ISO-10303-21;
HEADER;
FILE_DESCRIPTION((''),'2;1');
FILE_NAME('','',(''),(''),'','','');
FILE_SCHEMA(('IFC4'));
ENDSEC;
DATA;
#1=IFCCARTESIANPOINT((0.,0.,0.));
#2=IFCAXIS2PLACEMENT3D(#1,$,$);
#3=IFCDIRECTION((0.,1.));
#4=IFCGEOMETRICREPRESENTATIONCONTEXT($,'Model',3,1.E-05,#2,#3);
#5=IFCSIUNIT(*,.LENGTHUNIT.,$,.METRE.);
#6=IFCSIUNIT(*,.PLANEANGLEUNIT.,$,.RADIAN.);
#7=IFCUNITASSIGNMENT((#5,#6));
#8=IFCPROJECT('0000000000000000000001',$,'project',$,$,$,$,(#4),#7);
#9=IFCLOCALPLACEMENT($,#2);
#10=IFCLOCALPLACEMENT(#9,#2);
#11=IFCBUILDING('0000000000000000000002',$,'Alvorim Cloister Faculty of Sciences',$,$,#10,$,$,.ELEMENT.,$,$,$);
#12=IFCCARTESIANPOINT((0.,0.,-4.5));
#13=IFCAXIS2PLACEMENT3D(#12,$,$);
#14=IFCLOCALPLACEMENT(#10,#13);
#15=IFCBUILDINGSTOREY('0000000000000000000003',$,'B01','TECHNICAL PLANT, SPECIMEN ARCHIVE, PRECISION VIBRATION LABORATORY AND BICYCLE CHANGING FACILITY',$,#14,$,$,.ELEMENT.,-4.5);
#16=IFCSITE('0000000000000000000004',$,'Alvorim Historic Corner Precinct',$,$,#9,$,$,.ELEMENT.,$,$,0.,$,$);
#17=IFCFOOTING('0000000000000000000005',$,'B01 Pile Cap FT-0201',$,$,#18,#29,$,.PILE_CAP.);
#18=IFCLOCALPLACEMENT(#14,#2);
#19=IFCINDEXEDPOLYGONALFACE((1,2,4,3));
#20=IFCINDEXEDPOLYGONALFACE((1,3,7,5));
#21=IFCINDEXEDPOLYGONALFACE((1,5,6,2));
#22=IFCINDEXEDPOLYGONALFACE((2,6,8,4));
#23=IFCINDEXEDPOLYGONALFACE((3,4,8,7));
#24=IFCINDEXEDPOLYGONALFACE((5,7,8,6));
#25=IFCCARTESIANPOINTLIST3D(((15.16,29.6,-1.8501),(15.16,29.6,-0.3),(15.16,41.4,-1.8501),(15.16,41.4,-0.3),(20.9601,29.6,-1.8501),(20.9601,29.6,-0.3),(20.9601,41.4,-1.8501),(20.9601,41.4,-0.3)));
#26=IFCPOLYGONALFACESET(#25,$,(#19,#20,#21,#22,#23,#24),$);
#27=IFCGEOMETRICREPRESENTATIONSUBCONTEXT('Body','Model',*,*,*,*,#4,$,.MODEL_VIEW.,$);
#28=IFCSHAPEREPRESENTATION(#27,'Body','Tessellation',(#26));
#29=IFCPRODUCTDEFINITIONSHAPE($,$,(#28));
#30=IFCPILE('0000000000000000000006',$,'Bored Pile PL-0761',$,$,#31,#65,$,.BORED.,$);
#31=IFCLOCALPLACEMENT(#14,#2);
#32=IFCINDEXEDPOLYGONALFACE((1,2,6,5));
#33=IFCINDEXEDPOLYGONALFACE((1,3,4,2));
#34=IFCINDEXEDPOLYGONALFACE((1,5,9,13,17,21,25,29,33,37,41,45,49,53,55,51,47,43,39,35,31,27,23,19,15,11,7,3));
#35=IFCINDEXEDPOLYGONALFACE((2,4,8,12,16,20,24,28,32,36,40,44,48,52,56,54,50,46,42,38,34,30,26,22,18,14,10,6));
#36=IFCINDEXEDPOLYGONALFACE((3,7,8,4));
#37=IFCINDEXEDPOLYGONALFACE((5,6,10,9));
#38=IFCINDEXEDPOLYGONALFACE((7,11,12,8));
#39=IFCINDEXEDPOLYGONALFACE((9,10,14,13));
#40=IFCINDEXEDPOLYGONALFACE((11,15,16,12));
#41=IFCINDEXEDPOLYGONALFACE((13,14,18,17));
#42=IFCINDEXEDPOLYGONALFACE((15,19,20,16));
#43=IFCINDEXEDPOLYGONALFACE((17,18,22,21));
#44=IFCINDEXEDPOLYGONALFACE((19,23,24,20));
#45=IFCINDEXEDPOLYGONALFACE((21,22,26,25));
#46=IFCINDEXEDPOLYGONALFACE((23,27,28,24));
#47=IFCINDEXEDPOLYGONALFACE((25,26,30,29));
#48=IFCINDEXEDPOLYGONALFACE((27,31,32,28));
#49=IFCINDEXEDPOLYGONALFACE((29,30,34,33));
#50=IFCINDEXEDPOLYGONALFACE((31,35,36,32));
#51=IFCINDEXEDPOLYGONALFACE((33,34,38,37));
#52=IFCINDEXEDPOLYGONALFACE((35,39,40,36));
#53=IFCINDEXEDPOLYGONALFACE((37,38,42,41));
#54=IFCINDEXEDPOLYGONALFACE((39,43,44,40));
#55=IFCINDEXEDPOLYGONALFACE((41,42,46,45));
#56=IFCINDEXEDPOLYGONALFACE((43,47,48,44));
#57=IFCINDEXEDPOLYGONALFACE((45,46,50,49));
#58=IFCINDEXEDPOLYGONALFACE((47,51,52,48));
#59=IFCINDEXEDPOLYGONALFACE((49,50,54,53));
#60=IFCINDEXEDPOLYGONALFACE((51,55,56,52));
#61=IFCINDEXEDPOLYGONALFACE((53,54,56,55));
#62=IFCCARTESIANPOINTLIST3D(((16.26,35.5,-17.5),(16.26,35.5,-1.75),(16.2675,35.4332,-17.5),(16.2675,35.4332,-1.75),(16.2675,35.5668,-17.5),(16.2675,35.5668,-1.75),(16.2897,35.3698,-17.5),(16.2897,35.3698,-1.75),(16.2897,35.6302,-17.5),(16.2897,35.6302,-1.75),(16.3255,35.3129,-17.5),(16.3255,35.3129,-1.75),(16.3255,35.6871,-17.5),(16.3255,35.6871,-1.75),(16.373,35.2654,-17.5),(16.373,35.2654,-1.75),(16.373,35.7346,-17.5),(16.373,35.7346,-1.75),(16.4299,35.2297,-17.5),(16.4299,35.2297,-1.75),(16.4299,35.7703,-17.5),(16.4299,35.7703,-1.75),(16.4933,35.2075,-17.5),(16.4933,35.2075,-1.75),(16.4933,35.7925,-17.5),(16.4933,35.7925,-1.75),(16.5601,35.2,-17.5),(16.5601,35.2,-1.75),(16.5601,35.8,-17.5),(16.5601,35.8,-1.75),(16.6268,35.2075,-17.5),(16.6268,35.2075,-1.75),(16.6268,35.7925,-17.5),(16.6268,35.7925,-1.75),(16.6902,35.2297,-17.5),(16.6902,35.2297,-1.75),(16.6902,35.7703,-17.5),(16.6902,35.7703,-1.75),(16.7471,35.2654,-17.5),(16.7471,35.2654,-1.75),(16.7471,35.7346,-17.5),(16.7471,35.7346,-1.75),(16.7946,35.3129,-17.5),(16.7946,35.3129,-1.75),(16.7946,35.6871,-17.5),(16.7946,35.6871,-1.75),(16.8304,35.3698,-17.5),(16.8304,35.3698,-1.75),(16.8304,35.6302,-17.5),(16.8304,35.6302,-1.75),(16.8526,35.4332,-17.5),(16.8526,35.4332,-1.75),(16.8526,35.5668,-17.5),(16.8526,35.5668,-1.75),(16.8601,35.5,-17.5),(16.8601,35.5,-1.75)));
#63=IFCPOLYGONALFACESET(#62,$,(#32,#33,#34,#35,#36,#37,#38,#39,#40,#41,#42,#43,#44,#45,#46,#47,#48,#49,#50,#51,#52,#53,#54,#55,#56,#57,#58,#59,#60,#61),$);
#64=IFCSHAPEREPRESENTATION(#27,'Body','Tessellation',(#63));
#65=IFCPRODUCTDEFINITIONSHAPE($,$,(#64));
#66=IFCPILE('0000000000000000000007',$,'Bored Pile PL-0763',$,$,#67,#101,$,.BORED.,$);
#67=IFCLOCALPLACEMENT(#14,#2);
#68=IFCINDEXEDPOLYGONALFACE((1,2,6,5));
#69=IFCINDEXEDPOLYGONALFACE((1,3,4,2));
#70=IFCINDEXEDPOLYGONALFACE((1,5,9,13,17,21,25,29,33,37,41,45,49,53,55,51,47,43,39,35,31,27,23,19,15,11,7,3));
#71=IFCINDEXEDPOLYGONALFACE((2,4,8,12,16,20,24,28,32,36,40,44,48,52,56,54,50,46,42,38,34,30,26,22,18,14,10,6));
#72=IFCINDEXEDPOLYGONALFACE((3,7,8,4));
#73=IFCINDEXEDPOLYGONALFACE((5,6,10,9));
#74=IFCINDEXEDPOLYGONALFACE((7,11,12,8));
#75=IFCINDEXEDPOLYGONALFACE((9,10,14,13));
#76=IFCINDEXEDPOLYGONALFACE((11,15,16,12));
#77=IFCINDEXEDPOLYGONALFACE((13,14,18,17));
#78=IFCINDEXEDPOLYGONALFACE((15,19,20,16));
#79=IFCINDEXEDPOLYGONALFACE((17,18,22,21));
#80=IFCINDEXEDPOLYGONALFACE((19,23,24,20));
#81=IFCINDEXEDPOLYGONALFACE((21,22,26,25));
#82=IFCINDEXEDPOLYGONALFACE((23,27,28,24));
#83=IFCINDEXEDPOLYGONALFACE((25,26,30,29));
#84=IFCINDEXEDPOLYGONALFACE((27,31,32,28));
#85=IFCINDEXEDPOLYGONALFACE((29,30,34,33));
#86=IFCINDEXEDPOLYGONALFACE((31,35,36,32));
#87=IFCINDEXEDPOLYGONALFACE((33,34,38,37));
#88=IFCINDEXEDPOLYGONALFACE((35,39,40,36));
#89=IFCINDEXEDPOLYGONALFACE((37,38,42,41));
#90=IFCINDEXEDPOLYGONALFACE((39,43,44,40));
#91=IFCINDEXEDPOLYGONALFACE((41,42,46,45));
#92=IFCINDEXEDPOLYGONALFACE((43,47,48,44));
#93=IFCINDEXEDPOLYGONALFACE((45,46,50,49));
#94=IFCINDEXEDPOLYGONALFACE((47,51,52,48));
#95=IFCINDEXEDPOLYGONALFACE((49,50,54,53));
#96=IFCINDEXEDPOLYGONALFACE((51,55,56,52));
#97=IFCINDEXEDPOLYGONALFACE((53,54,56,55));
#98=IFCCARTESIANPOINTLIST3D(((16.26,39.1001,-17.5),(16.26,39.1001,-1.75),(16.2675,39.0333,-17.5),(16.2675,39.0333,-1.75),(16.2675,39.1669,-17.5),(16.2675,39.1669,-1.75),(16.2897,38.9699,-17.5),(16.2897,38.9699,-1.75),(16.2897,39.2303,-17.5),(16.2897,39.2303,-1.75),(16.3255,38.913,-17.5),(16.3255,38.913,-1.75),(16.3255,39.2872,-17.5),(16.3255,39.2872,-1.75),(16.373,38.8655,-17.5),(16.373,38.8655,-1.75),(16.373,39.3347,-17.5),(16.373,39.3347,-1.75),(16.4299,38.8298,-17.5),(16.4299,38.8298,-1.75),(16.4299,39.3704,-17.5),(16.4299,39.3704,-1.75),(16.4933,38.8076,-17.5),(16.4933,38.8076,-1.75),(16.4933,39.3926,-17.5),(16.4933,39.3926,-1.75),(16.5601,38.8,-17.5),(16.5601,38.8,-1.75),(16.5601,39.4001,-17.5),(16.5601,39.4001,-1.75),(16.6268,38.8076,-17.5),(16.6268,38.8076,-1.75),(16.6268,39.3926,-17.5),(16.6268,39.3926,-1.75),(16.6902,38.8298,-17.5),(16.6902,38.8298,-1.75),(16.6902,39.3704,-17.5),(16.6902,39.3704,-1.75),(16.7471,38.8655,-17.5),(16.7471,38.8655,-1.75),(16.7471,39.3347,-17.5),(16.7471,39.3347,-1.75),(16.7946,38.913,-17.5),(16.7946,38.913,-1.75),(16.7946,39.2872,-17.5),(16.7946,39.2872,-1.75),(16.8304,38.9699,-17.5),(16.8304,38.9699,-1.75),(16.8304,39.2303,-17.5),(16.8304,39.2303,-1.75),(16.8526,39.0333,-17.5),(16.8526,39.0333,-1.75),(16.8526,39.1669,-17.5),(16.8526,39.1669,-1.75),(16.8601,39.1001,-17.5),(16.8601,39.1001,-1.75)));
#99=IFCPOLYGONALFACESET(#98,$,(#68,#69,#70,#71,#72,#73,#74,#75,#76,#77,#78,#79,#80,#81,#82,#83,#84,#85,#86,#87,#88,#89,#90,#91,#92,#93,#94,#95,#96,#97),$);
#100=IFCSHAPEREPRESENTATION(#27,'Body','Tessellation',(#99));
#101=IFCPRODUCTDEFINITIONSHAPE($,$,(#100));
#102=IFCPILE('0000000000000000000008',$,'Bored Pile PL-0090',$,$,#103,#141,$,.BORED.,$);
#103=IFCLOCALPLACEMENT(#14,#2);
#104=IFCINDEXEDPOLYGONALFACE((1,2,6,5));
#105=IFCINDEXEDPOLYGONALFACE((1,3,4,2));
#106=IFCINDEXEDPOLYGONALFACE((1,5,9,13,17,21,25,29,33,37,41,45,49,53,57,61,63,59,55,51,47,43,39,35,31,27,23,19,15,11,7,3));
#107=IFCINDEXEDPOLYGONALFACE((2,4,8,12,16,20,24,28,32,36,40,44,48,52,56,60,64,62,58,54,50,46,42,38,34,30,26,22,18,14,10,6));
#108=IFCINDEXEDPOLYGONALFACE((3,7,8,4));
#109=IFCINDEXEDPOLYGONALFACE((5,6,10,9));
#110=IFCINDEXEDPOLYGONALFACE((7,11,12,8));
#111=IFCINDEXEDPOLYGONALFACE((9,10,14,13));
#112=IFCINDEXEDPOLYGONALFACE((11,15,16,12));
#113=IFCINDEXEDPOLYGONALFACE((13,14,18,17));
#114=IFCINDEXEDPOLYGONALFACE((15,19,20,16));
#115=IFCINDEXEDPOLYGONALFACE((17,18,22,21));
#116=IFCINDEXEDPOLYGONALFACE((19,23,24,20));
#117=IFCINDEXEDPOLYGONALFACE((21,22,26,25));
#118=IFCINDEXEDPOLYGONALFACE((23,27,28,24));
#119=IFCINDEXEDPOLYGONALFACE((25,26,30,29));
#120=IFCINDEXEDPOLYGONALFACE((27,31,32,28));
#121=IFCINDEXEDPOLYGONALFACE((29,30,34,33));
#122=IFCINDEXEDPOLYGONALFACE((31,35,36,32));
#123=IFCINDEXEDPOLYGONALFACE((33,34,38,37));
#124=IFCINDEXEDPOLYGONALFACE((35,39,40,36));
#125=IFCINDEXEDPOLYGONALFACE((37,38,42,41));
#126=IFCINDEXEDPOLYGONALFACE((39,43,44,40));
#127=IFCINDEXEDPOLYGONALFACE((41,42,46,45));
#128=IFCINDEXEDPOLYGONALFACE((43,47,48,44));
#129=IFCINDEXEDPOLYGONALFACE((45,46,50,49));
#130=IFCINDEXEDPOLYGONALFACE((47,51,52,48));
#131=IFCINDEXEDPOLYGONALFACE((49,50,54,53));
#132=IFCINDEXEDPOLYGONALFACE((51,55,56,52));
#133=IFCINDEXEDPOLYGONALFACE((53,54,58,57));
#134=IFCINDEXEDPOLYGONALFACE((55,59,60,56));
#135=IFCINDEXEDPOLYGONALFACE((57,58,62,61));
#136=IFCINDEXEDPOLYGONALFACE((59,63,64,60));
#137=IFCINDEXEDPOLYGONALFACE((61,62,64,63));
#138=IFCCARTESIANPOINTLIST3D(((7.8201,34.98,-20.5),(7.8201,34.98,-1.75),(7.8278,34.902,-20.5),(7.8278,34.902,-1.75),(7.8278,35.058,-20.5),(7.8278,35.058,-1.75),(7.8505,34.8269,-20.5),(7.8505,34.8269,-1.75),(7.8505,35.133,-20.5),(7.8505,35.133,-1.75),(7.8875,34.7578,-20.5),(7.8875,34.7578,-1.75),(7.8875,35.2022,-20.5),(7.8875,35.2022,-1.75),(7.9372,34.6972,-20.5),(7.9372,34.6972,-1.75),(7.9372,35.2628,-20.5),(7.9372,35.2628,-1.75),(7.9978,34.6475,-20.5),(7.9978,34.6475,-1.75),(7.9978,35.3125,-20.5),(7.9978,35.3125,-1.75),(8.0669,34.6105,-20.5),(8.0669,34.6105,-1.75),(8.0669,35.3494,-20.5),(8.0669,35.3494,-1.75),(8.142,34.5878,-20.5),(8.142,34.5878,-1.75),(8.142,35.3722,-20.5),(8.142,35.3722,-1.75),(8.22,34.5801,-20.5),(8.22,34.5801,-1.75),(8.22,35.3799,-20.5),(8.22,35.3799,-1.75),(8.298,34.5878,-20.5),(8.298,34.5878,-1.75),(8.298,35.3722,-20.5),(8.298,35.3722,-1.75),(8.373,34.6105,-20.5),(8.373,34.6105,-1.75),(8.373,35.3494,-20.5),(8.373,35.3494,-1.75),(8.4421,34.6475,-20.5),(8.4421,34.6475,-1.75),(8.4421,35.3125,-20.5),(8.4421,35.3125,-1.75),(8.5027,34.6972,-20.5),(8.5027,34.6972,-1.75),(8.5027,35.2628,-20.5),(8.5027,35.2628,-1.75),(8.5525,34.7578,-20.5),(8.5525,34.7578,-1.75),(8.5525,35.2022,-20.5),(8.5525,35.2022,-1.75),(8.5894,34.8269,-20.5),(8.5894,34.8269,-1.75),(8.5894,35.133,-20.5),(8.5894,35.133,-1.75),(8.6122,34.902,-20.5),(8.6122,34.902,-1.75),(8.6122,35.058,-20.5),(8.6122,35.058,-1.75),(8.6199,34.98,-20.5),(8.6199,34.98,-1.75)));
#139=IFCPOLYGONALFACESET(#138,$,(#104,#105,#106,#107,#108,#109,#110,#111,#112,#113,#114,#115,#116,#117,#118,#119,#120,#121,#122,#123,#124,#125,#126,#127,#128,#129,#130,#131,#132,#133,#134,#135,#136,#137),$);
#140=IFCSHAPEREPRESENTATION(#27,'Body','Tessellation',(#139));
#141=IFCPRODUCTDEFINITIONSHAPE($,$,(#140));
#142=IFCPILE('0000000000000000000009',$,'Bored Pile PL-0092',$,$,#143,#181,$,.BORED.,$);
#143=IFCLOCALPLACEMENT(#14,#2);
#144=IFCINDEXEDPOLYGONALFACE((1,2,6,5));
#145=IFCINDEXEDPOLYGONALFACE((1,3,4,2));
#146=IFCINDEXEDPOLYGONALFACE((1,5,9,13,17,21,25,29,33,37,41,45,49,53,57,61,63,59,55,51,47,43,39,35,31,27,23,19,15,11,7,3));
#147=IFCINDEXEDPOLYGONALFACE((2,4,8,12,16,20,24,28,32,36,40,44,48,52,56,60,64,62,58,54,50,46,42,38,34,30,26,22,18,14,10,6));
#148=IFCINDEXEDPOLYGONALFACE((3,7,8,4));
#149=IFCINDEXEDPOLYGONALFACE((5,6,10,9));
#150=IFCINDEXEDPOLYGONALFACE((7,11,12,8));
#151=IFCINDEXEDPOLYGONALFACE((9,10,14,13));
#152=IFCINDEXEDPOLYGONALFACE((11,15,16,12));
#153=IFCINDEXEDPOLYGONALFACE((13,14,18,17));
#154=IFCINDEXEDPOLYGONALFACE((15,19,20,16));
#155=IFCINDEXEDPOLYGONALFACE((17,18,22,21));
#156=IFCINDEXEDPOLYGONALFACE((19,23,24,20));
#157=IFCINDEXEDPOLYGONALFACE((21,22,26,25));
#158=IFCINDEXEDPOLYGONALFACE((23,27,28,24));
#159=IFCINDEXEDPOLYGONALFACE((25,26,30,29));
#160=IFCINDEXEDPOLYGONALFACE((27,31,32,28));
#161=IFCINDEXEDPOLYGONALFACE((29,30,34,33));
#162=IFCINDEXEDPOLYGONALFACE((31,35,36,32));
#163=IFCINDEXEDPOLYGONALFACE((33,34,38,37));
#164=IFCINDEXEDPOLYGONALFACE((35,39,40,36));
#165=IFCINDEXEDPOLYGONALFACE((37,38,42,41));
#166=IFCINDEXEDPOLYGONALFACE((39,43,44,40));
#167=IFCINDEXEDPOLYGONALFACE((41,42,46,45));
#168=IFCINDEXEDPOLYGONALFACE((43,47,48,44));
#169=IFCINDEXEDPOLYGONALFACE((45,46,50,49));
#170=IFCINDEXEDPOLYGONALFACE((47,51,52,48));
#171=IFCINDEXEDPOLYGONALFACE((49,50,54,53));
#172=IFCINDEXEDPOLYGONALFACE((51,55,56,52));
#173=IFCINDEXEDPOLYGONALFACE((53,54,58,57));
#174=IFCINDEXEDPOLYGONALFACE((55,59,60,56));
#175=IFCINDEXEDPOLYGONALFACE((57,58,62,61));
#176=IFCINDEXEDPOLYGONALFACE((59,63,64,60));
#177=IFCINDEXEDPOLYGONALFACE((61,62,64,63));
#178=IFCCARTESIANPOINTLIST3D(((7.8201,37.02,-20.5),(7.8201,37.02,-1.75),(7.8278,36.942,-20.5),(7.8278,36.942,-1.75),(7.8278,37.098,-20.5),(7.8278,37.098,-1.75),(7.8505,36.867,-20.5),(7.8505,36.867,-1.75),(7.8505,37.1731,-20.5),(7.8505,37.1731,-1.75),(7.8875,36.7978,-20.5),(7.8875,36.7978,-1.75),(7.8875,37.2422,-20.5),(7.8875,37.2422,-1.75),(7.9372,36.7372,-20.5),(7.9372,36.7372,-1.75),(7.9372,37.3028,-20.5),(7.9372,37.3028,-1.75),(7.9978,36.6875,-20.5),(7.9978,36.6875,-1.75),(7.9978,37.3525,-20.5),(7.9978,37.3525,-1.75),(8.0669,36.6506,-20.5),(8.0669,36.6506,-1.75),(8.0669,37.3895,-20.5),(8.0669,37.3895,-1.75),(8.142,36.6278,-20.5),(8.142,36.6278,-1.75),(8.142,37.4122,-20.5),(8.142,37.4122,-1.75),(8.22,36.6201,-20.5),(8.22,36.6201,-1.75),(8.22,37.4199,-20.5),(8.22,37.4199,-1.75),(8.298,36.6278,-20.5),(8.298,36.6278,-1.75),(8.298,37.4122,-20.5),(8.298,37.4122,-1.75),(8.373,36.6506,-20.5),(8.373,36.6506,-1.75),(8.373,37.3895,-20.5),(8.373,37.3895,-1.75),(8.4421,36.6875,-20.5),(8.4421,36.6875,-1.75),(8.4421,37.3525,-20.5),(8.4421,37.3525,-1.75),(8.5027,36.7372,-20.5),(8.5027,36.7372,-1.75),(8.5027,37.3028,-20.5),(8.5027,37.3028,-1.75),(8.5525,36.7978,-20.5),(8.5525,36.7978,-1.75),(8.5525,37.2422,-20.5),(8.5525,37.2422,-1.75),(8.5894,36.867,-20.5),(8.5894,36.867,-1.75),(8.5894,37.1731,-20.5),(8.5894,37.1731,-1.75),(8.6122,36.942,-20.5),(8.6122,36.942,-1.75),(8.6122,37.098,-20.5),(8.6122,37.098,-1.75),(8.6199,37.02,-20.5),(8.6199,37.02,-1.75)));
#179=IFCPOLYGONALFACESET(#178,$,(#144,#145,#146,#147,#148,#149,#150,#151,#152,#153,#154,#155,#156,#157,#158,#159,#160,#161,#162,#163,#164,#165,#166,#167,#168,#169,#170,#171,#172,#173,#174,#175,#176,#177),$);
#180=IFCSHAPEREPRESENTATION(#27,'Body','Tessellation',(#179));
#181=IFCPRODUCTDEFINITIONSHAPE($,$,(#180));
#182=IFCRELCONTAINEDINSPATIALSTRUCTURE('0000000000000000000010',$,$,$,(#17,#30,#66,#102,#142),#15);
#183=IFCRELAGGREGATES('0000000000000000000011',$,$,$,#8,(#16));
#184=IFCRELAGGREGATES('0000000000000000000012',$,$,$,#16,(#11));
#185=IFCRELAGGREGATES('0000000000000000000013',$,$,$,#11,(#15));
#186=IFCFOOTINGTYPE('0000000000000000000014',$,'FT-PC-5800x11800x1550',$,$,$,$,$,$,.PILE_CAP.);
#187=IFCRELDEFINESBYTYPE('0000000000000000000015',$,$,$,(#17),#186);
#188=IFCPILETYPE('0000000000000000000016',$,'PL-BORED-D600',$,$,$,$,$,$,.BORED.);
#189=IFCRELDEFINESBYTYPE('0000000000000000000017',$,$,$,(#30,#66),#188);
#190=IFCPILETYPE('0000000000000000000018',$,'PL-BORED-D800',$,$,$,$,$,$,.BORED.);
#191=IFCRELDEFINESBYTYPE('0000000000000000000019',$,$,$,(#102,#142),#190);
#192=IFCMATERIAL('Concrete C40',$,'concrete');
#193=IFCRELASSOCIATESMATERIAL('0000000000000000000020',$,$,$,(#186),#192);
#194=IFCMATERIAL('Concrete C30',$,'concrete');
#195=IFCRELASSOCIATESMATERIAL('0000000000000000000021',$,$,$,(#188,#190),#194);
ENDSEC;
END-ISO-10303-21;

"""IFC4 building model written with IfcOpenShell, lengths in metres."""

from ifc_helpers import new_model, si_unit, direction, frame, origin, origin_2d, place, context, subcontext, project, spatial, rectangle, circle, extrude, material, material_profile, profile_set, type_object, element, save


model = new_model("IFC4")

# Units and contexts
model_context = context("Model", 3, precision=1e-05, world=origin(), true_north=direction((0.0, 1.0)))
body_context = subcontext(model_context, "Body", "Model", "MODEL_VIEW")
ifc_project = project(units=[si_unit("LENGTHUNIT", "METRE"), si_unit("PLANEANGLEUNIT", "RADIAN")], contexts=[model_context])

# Site, building, storey
site_placement = place(None, origin())
site = spatial("IfcSite", under=ifc_project, at=site_placement, Name="Alvorim Historic Corner Precinct", CompositionType="ELEMENT", RefElevation=0.0)
building_placement = place(site_placement, origin())
building = spatial("IfcBuilding", under=site, at=building_placement, Name="Alvorim Cloister Faculty of Sciences", CompositionType="ELEMENT")
storey_placement = place(building_placement, frame((0.0, 0.0, -4.5)))
storey = spatial("IfcBuildingStorey", under=building, at=storey_placement, Name="B01", Description="TECHNICAL PLANT, SPECIMEN ARCHIVE, PRECISION VIBRATION LABORATORY AND BICYCLE CHANGING FACILITY", CompositionType="ELEMENT", Elevation=-4.5)

# Footing
ifc_material_1 = material(Name="Concrete C40", Category="concrete")
footing_type = type_object("IfcFootingType", Name="FT-PC-5800x11800x1550", PredefinedType="PILE_CAP", material=ifc_material_1)
footing_placement = place(storey_placement, frame((18.0601, 35.5, -1.8501), z_axis=(0.0, 0.0, 1.0), x_axis=(1.0, 0.0, 0.0)))
element("IfcFooting", 1, at=footing_placement, inside=storey, type_object=footing_type, Name="B01 Pile Cap FT-0201", PredefinedType="PILE_CAP", context=body_context, shape_type="SweptSolid", body=[
    extrude(rectangle(XDim=5.8, YDim=11.8, at=origin_2d()), origin(), (0.0, 0.0, 1.0), 1.55),
])

# Piles
ifc_material_2 = material(Name="Concrete C30", Category="concrete")
ifc_material_profile_1 = material_profile(ifc_material_2, circle(Radius=0.3, at=origin_2d()), Name="PILE-D600")
ifc_profile_set_1 = profile_set([ifc_material_profile_1], Name="Concrete C30")
pile_type_1 = type_object("IfcPileType", Name="PL-BORED-D600", PredefinedType="BORED", material=ifc_profile_set_1)
for number, where, z_axis, x_axis, name in (
    (2, (16.5601, 35.5, -1.75), (0.0, 0.0, -1.0), (1.0, 0.0, 0.0), "Bored Pile PL-0761"),
    (3, (16.5601, 39.1001, -1.75), (0.0, 0.0, -1.0), (1.0, 0.0, 0.0), "Bored Pile PL-0763"),
):
    element("IfcPile", number, at=place(storey_placement, frame(where, z_axis=z_axis, x_axis=x_axis)), inside=storey, type_object=pile_type_1, Name=name, PredefinedType="BORED", context=body_context, shape_type="SweptSolid", body=[
        extrude(circle(Radius=0.3, at=origin_2d()), origin(), (0.0, 0.0, 1.0), 15.75),
    ])
ifc_material_profile_2 = material_profile(ifc_material_2, circle(Radius=0.3999, at=origin_2d()), Name="PILE-D800")
ifc_profile_set_2 = profile_set([ifc_material_profile_2], Name="Concrete C30")
pile_type_2 = type_object("IfcPileType", Name="PL-BORED-D800", PredefinedType="BORED", material=ifc_profile_set_2)
for number, where, z_axis, x_axis, name in (
    (4, (8.22, 34.98, -1.75), (0.0, 0.0, -1.0), (1.0, 0.0, 0.0), "Bored Pile PL-0090"),
    (5, (8.22, 37.02, -1.75), (0.0, 0.0, -1.0), (1.0, 0.0, 0.0), "Bored Pile PL-0092"),
):
    element("IfcPile", number, at=place(storey_placement, frame(where, z_axis=z_axis, x_axis=x_axis)), inside=storey, type_object=pile_type_2, Name=name, PredefinedType="BORED", context=body_context, shape_type="SweptSolid", body=[
        extrude(circle(Radius=0.3999, at=origin_2d()), origin(), (0.0, 0.0, 1.0), 18.75),
    ])

save(model, "model.ifc")
